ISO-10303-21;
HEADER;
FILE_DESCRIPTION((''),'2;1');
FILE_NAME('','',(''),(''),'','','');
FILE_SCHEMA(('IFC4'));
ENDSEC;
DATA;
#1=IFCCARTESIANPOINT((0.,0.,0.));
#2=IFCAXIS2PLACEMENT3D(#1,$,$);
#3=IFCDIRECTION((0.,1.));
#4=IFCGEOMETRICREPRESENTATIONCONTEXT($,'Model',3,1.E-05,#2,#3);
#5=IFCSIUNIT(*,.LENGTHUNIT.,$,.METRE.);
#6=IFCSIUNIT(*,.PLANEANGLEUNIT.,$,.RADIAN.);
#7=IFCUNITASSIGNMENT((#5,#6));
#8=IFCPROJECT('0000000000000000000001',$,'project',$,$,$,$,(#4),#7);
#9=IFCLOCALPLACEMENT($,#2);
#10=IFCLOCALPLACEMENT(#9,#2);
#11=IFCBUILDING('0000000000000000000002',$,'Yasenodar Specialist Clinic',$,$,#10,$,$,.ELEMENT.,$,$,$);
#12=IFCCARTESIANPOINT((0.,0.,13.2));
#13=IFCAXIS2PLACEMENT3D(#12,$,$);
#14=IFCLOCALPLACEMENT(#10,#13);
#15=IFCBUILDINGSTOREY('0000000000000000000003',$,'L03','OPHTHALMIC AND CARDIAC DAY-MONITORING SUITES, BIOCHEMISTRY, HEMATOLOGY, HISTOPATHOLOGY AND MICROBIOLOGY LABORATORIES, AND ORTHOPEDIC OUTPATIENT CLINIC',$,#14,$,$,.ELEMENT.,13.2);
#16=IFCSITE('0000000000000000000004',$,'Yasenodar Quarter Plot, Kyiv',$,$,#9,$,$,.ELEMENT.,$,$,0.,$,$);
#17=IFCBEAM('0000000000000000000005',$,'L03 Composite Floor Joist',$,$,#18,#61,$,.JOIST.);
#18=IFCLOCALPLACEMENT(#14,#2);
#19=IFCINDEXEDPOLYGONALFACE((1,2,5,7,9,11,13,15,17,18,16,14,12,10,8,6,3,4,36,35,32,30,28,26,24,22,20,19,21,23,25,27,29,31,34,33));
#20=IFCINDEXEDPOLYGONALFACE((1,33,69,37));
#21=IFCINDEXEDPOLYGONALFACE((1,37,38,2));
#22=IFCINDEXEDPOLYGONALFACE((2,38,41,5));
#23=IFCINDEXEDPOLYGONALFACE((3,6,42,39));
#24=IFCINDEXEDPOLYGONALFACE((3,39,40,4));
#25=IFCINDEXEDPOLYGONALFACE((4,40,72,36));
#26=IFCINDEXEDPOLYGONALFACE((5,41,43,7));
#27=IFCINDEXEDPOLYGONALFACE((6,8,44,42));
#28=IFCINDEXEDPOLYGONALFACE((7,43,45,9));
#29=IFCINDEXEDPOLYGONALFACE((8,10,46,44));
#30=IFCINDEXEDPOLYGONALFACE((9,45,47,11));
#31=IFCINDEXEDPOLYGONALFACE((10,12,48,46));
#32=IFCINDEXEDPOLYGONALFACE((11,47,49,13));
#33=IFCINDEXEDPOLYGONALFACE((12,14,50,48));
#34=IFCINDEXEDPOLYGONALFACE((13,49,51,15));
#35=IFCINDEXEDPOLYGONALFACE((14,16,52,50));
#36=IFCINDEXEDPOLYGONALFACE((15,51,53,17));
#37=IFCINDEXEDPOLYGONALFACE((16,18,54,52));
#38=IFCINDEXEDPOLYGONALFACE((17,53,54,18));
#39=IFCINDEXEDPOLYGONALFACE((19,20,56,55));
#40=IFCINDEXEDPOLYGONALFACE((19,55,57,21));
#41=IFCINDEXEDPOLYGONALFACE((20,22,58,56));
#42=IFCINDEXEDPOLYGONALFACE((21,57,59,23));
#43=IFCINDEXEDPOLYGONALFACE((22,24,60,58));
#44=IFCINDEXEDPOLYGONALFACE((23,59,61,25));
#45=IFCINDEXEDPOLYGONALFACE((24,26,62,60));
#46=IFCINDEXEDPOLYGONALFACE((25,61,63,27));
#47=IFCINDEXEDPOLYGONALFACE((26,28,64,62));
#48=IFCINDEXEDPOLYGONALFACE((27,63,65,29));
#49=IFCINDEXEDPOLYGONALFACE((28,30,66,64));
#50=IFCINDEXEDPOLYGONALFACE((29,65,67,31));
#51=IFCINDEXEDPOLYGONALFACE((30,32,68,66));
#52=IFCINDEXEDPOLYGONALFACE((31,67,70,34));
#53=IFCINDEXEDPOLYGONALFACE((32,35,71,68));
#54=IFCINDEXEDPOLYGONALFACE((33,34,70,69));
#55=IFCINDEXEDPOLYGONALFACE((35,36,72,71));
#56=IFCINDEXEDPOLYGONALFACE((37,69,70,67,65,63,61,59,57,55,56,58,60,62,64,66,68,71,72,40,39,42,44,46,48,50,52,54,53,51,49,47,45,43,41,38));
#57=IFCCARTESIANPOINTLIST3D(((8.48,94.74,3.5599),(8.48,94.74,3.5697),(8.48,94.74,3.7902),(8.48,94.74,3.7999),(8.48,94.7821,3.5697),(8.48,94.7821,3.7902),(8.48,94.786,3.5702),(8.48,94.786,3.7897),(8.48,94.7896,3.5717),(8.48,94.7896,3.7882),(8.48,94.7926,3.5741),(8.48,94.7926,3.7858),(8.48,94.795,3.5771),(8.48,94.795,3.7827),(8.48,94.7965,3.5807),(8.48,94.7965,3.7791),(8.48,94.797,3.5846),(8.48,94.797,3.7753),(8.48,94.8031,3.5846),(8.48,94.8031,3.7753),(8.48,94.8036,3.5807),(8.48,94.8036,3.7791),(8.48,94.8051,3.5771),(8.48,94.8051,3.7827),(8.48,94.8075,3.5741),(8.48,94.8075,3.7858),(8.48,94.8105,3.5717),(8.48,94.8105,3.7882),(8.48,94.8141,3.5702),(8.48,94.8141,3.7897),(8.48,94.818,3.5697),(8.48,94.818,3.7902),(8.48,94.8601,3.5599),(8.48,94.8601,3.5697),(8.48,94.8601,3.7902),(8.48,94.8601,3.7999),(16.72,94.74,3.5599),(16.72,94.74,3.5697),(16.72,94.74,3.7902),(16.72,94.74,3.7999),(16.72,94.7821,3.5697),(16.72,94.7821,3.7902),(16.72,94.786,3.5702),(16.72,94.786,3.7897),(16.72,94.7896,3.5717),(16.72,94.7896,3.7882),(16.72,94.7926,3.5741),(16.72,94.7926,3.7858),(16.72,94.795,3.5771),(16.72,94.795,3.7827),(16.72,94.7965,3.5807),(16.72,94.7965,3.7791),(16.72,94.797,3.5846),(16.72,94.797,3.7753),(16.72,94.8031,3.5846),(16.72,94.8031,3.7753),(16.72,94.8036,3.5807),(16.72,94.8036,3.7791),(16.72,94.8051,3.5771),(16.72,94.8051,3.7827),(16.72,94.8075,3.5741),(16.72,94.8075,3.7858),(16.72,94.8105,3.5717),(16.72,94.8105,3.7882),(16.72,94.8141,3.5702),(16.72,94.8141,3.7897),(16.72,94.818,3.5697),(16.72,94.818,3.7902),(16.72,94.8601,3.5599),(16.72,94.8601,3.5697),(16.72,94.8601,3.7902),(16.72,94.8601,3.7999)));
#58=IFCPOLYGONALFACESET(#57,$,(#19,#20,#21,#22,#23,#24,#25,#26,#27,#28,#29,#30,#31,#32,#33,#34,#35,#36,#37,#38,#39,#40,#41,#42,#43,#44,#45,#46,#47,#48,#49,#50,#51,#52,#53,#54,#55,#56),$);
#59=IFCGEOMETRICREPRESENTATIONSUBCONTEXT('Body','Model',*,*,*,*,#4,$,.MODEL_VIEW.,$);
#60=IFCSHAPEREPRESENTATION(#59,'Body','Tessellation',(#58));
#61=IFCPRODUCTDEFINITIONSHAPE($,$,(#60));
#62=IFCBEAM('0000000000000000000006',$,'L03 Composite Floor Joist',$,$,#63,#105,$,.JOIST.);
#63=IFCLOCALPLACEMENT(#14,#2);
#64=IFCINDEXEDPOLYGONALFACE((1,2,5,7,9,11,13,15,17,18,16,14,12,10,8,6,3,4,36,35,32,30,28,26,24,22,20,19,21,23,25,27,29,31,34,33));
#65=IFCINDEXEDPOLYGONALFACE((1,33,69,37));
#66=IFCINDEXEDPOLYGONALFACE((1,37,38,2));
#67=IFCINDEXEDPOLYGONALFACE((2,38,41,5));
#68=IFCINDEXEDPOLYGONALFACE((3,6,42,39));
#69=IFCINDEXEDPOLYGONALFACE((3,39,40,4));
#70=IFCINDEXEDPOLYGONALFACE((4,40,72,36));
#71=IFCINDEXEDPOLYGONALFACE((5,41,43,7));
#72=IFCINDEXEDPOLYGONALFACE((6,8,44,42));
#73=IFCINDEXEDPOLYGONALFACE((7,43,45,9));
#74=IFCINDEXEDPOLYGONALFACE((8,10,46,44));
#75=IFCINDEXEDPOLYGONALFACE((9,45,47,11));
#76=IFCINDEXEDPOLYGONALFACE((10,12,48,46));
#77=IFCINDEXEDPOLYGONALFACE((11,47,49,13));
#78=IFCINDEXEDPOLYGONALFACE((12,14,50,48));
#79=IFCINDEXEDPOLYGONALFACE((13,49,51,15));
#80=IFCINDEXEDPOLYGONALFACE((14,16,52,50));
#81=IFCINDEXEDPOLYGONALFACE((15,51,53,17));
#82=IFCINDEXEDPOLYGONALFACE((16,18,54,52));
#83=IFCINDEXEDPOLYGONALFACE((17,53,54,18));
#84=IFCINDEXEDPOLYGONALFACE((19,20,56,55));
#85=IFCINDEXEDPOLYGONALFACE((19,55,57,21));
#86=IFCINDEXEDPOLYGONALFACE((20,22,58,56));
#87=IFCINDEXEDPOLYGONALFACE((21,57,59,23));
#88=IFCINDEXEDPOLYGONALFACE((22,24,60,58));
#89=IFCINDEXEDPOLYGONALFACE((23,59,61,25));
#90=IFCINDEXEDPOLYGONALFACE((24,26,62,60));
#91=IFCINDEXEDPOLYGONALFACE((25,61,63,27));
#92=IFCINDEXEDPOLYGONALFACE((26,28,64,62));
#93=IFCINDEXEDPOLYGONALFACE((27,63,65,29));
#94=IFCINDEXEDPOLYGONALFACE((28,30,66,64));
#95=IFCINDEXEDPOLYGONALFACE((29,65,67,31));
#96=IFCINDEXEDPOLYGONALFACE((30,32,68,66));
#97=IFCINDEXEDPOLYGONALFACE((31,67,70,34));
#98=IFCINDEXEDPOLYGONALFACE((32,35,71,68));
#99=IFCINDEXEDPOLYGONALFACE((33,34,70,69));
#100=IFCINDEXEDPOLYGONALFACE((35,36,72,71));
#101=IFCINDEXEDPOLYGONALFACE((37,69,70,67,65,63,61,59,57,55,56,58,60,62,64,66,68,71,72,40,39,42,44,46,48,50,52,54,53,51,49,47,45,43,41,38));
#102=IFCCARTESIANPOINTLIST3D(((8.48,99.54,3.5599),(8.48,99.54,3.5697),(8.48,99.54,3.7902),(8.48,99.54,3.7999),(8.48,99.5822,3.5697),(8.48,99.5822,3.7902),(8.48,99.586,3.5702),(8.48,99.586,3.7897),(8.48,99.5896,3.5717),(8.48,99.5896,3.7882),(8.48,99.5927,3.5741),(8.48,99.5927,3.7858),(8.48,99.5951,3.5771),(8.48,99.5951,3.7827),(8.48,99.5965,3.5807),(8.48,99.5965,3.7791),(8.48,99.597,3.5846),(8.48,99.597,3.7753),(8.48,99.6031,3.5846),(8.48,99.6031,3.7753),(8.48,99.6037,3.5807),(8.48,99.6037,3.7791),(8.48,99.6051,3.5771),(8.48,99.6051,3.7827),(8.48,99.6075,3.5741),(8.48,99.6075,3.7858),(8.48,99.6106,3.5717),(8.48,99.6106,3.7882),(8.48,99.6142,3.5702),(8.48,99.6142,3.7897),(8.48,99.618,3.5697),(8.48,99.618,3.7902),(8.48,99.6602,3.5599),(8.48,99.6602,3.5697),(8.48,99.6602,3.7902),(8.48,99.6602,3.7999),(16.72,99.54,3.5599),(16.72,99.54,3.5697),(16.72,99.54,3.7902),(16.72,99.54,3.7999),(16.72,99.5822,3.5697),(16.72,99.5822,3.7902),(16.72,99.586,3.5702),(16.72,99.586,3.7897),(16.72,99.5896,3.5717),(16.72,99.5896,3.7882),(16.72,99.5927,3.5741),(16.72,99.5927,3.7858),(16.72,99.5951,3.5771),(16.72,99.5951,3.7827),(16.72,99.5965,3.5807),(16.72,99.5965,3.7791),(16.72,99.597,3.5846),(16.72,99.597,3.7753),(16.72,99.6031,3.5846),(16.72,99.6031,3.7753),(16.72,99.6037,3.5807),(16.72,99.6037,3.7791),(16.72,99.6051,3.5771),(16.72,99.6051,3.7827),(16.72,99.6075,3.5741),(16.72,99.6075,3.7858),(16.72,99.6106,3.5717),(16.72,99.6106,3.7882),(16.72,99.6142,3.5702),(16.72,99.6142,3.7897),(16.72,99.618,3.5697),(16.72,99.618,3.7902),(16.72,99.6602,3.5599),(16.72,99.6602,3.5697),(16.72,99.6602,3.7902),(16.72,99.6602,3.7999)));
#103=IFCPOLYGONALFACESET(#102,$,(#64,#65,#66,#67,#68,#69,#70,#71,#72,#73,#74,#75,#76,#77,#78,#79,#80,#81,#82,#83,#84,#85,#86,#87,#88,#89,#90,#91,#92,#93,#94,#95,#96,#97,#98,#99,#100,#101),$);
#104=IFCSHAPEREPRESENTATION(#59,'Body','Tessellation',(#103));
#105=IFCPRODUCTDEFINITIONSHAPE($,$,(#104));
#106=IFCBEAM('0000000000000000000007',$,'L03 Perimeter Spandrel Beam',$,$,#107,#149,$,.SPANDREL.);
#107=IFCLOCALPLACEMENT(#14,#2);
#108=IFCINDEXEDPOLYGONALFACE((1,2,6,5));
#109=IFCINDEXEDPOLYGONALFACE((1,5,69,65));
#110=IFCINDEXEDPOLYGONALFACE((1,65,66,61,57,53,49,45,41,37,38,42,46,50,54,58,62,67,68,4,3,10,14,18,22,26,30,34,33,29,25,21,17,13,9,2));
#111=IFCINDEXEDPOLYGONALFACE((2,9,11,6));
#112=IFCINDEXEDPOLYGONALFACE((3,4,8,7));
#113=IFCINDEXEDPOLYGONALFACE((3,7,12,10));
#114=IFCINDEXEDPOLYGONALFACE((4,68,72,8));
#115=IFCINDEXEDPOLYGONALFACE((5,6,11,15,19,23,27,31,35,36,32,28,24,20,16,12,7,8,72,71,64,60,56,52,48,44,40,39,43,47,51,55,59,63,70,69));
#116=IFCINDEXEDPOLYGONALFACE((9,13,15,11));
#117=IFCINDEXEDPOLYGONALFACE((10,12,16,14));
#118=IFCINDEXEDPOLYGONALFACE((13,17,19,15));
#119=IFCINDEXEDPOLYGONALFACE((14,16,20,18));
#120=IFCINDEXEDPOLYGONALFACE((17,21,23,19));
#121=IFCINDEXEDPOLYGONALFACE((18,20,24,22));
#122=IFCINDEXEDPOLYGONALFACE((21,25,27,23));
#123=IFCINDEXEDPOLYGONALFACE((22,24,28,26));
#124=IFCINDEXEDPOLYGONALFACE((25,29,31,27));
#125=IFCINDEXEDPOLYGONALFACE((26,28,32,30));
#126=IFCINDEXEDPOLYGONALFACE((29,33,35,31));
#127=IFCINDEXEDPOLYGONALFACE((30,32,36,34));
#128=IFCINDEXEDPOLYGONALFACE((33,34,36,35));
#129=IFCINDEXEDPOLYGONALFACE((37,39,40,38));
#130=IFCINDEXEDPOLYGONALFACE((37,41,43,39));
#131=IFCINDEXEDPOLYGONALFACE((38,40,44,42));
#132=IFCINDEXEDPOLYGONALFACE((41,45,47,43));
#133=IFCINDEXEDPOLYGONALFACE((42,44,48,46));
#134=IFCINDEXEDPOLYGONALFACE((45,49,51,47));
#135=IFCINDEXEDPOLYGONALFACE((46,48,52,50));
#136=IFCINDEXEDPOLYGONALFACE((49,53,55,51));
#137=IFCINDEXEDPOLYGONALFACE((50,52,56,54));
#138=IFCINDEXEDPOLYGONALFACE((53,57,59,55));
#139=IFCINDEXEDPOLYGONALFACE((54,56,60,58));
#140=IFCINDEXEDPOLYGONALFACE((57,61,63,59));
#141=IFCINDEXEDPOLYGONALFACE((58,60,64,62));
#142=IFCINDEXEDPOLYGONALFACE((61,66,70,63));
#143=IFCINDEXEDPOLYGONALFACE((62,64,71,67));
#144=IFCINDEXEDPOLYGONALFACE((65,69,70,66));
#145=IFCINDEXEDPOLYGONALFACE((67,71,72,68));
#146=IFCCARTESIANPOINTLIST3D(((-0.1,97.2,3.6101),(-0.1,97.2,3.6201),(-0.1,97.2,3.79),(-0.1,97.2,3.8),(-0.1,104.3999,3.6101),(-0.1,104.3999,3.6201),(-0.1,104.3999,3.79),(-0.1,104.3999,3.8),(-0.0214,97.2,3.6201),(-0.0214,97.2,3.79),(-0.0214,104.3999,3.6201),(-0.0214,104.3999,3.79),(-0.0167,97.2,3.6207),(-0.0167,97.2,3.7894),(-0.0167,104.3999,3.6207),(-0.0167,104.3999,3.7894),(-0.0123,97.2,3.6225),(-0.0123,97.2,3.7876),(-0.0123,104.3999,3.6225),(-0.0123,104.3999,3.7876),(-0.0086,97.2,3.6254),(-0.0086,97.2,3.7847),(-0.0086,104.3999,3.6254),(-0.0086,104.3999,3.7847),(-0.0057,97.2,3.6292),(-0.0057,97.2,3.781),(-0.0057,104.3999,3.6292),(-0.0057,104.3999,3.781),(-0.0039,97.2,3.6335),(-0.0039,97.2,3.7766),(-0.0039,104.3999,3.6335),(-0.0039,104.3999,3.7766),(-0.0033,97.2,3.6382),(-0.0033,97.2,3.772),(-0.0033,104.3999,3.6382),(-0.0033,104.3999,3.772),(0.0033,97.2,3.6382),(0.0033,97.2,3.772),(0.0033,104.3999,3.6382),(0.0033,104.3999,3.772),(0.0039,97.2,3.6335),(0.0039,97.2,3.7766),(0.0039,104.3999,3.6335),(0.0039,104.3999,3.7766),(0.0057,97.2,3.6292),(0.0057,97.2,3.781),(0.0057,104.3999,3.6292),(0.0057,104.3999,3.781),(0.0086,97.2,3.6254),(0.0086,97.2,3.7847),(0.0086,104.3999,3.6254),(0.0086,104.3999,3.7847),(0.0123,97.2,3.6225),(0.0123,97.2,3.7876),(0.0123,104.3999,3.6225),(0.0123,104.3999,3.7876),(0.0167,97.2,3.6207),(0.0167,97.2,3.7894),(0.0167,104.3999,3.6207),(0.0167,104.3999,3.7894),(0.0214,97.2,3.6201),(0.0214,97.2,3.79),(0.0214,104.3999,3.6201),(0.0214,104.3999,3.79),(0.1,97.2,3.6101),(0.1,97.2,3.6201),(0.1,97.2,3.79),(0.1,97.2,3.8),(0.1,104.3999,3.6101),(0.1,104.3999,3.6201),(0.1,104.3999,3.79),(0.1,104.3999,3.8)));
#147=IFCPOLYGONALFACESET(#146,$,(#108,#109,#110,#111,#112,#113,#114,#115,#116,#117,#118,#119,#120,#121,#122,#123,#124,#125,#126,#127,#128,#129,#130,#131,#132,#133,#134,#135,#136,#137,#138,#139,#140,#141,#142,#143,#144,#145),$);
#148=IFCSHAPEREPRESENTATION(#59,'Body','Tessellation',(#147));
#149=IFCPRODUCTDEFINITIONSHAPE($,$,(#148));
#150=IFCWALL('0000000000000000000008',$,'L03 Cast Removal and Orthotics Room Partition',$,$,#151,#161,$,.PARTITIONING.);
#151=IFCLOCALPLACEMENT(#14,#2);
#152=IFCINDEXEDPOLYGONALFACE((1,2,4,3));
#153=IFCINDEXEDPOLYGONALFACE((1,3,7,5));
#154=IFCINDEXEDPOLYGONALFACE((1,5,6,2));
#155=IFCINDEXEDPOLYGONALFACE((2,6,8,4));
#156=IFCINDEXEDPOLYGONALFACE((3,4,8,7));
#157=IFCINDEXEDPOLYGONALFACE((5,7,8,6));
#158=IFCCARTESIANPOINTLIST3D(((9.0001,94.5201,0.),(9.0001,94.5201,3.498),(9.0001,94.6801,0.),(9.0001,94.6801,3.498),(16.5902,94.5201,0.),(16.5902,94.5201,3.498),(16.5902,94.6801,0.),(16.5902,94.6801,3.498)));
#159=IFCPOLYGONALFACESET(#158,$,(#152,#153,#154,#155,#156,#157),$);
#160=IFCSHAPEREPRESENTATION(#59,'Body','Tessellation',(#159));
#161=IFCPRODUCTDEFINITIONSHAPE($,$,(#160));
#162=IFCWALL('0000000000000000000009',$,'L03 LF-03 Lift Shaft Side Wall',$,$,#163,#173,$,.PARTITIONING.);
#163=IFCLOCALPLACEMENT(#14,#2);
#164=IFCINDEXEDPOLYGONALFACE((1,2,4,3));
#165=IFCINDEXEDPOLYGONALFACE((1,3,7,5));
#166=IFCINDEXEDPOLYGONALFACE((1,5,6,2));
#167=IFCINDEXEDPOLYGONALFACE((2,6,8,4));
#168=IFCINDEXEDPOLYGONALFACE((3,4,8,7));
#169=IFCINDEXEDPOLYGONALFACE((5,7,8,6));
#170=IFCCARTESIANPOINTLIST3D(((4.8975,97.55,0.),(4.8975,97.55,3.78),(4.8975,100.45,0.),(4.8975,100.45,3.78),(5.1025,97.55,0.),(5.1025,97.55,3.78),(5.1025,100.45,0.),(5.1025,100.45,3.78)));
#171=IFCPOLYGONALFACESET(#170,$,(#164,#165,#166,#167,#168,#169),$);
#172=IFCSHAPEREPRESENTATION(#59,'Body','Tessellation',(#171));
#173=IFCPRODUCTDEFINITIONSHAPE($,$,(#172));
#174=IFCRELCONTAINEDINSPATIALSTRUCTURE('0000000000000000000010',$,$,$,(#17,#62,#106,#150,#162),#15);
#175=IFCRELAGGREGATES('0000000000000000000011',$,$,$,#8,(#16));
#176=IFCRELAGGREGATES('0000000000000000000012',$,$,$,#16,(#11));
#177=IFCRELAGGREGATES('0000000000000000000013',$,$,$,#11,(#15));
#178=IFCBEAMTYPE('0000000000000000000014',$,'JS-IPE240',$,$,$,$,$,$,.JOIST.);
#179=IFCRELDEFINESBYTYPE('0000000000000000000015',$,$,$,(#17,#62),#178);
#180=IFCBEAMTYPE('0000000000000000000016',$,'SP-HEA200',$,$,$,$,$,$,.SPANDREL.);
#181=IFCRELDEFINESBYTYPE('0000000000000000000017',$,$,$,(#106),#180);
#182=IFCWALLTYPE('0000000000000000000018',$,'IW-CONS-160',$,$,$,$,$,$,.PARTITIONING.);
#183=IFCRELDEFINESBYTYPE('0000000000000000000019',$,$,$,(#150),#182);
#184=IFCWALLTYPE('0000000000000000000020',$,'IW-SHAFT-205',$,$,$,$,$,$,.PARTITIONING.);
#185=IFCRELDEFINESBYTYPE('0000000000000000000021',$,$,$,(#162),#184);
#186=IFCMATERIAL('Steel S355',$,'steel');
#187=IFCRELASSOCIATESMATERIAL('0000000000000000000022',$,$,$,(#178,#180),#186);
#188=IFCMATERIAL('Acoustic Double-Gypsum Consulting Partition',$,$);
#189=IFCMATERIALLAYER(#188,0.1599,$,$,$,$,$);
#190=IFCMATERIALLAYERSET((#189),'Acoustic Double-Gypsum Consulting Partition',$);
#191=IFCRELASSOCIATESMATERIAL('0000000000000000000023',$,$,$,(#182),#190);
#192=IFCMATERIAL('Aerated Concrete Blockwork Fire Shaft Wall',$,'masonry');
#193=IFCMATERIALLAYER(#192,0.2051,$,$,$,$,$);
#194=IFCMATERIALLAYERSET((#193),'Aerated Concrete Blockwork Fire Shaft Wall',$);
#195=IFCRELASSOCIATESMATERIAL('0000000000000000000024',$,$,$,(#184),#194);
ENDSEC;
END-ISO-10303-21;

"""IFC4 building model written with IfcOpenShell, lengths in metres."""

from ifc_helpers import new_model, si_unit, direction, frame, frame_2d, origin, origin_2d, place, context, subcontext, project, spatial, rectangle, i_section, extrude, material, layer, layer_set, material_profile, profile_set, type_object, element, save


model = new_model("IFC4")

# Units and contexts
model_context = context("Model", 3, precision=1e-05, world=origin(), true_north=direction((0.0, 1.0)))
body_context = subcontext(model_context, "Body", "Model", "MODEL_VIEW")
ifc_project = project(units=[si_unit("LENGTHUNIT", "METRE"), si_unit("PLANEANGLEUNIT", "RADIAN")], contexts=[model_context])

# Site, building, storey
site_placement = place(None, origin())
site = spatial("IfcSite", under=ifc_project, at=site_placement, Name="Yasenodar Quarter Plot, Kyiv", CompositionType="ELEMENT", RefElevation=0.0)
building_placement = place(site_placement, origin())
building = spatial("IfcBuilding", under=site, at=building_placement, Name="Yasenodar Specialist Clinic", CompositionType="ELEMENT")
storey_placement = place(building_placement, frame((0.0, 0.0, 13.2)))
storey = spatial("IfcBuildingStorey", under=building, at=storey_placement, Name="L03", Description="OPHTHALMIC AND CARDIAC DAY-MONITORING SUITES, BIOCHEMISTRY, HEMATOLOGY, HISTOPATHOLOGY AND MICROBIOLOGY LABORATORIES, AND ORTHOPEDIC OUTPATIENT CLINIC", CompositionType="ELEMENT", Elevation=13.2)

# Shared definitions
ifc_material_1 = material(Name="Steel S355", Category="steel")

# Beams
ifc_material_profile_1 = material_profile(ifc_material_1, i_section(OverallWidth=0.1201, OverallDepth=0.24, WebThickness=0.0061, FlangeThickness=0.0098, FilletRadius=0.0149, at=origin_2d()), Name="IPE 240")
ifc_profile_set_1 = profile_set([ifc_material_profile_1], Name="Steel S355")
beam_type_1 = type_object("IfcBeamType", Name="JS-IPE240", PredefinedType="JOIST", material=ifc_profile_set_1)
for number, where, z_axis, x_axis, name in (
    (1, (8.48, 94.8, 3.6799), (1.0, 0.0, 0.0), (0.0, 1.0, 0.0), "L03 Composite Floor Joist"),
    (2, (8.48, 99.6001, 3.6799), (1.0, 0.0, 0.0), (0.0, 1.0, 0.0), "L03 Composite Floor Joist"),
):
    element("IfcBeam", number, at=place(storey_placement, frame(where, z_axis=z_axis, x_axis=x_axis)), inside=storey, type_object=beam_type_1, Name=name, PredefinedType="JOIST", context=body_context, shape_type="SweptSolid", body=[
        extrude(i_section(OverallWidth=0.1201, OverallDepth=0.24, WebThickness=0.0061, FlangeThickness=0.0098, FilletRadius=0.0149, at=origin_2d()), origin(), (0.0, 0.0, 1.0), 8.24),
    ])
ifc_material_profile_2 = material_profile(ifc_material_1, i_section(OverallWidth=0.2, OverallDepth=0.1899, WebThickness=0.0066, FlangeThickness=0.01, FilletRadius=0.0181, at=origin_2d()), Name="HEA 200")
ifc_profile_set_2 = profile_set([ifc_material_profile_2], Name="Steel S355")
beam_type_2 = type_object("IfcBeamType", Name="SP-HEA200", PredefinedType="SPANDREL", material=ifc_profile_set_2)
beam_1_placement = place(storey_placement, frame((0.0, 97.2, 3.7051), z_axis=(0.0, 1.0, 0.0), x_axis=(-1.0, 0.0, 0.0)))
element("IfcBeam", 3, at=beam_1_placement, inside=storey, type_object=beam_type_2, Name="L03 Perimeter Spandrel Beam", PredefinedType="SPANDREL", context=body_context, shape_type="SweptSolid", body=[
    extrude(i_section(OverallWidth=0.2, OverallDepth=0.1899, WebThickness=0.0066, FlangeThickness=0.01, FilletRadius=0.0181, at=origin_2d()), origin(), (0.0, 0.0, 1.0), 7.2),
])

# Walls
ifc_material_2 = material(Name="Acoustic Double-Gypsum Consulting Partition")
ifc_layer_1 = layer(ifc_material_2, 0.1599)
ifc_layer_set_1 = layer_set([ifc_layer_1], Name="Acoustic Double-Gypsum Consulting Partition")
wall_type_1 = type_object("IfcWallType", Name="IW-CONS-160", PredefinedType="PARTITIONING", material=ifc_layer_set_1)
wall_1_placement = place(storey_placement, frame((16.5901, 94.6001, 0.0), z_axis=(0.0, 0.0, 1.0), x_axis=(-1.0, 0.0, 0.0)))
element("IfcWall", 4, at=wall_1_placement, inside=storey, type_object=wall_type_1, Name="L03 Cast Removal and Orthotics Room Partition", PredefinedType="PARTITIONING", context=body_context, shape_type="SweptSolid", body=[
    extrude(rectangle(XDim=7.5901, YDim=0.1599, at=frame_2d((3.7949, 0.0))), origin(), (0.0, 0.0, 1.0), 3.498),
])
ifc_material_3 = material(Name="Aerated Concrete Blockwork Fire Shaft Wall", Category="masonry")
ifc_layer_2 = layer(ifc_material_3, 0.2051)
ifc_layer_set_2 = layer_set([ifc_layer_2], Name="Aerated Concrete Blockwork Fire Shaft Wall")
wall_type_2 = type_object("IfcWallType", Name="IW-SHAFT-205", PredefinedType="PARTITIONING", material=ifc_layer_set_2)
wall_2_placement = place(storey_placement, frame((5.0, 97.55, 0.0), z_axis=(0.0, 0.0, 1.0), x_axis=(0.0, 1.0, 0.0)))
element("IfcWall", 5, at=wall_2_placement, inside=storey, type_object=wall_type_2, Name="L03 LF-03 Lift Shaft Side Wall", PredefinedType="PARTITIONING", context=body_context, shape_type="SweptSolid", body=[
    extrude(rectangle(XDim=2.8999, YDim=0.2051, at=frame_2d((1.45, 0.0))), origin(), (0.0, 0.0, 1.0), 3.78),
])

save(model, "model.ifc")
